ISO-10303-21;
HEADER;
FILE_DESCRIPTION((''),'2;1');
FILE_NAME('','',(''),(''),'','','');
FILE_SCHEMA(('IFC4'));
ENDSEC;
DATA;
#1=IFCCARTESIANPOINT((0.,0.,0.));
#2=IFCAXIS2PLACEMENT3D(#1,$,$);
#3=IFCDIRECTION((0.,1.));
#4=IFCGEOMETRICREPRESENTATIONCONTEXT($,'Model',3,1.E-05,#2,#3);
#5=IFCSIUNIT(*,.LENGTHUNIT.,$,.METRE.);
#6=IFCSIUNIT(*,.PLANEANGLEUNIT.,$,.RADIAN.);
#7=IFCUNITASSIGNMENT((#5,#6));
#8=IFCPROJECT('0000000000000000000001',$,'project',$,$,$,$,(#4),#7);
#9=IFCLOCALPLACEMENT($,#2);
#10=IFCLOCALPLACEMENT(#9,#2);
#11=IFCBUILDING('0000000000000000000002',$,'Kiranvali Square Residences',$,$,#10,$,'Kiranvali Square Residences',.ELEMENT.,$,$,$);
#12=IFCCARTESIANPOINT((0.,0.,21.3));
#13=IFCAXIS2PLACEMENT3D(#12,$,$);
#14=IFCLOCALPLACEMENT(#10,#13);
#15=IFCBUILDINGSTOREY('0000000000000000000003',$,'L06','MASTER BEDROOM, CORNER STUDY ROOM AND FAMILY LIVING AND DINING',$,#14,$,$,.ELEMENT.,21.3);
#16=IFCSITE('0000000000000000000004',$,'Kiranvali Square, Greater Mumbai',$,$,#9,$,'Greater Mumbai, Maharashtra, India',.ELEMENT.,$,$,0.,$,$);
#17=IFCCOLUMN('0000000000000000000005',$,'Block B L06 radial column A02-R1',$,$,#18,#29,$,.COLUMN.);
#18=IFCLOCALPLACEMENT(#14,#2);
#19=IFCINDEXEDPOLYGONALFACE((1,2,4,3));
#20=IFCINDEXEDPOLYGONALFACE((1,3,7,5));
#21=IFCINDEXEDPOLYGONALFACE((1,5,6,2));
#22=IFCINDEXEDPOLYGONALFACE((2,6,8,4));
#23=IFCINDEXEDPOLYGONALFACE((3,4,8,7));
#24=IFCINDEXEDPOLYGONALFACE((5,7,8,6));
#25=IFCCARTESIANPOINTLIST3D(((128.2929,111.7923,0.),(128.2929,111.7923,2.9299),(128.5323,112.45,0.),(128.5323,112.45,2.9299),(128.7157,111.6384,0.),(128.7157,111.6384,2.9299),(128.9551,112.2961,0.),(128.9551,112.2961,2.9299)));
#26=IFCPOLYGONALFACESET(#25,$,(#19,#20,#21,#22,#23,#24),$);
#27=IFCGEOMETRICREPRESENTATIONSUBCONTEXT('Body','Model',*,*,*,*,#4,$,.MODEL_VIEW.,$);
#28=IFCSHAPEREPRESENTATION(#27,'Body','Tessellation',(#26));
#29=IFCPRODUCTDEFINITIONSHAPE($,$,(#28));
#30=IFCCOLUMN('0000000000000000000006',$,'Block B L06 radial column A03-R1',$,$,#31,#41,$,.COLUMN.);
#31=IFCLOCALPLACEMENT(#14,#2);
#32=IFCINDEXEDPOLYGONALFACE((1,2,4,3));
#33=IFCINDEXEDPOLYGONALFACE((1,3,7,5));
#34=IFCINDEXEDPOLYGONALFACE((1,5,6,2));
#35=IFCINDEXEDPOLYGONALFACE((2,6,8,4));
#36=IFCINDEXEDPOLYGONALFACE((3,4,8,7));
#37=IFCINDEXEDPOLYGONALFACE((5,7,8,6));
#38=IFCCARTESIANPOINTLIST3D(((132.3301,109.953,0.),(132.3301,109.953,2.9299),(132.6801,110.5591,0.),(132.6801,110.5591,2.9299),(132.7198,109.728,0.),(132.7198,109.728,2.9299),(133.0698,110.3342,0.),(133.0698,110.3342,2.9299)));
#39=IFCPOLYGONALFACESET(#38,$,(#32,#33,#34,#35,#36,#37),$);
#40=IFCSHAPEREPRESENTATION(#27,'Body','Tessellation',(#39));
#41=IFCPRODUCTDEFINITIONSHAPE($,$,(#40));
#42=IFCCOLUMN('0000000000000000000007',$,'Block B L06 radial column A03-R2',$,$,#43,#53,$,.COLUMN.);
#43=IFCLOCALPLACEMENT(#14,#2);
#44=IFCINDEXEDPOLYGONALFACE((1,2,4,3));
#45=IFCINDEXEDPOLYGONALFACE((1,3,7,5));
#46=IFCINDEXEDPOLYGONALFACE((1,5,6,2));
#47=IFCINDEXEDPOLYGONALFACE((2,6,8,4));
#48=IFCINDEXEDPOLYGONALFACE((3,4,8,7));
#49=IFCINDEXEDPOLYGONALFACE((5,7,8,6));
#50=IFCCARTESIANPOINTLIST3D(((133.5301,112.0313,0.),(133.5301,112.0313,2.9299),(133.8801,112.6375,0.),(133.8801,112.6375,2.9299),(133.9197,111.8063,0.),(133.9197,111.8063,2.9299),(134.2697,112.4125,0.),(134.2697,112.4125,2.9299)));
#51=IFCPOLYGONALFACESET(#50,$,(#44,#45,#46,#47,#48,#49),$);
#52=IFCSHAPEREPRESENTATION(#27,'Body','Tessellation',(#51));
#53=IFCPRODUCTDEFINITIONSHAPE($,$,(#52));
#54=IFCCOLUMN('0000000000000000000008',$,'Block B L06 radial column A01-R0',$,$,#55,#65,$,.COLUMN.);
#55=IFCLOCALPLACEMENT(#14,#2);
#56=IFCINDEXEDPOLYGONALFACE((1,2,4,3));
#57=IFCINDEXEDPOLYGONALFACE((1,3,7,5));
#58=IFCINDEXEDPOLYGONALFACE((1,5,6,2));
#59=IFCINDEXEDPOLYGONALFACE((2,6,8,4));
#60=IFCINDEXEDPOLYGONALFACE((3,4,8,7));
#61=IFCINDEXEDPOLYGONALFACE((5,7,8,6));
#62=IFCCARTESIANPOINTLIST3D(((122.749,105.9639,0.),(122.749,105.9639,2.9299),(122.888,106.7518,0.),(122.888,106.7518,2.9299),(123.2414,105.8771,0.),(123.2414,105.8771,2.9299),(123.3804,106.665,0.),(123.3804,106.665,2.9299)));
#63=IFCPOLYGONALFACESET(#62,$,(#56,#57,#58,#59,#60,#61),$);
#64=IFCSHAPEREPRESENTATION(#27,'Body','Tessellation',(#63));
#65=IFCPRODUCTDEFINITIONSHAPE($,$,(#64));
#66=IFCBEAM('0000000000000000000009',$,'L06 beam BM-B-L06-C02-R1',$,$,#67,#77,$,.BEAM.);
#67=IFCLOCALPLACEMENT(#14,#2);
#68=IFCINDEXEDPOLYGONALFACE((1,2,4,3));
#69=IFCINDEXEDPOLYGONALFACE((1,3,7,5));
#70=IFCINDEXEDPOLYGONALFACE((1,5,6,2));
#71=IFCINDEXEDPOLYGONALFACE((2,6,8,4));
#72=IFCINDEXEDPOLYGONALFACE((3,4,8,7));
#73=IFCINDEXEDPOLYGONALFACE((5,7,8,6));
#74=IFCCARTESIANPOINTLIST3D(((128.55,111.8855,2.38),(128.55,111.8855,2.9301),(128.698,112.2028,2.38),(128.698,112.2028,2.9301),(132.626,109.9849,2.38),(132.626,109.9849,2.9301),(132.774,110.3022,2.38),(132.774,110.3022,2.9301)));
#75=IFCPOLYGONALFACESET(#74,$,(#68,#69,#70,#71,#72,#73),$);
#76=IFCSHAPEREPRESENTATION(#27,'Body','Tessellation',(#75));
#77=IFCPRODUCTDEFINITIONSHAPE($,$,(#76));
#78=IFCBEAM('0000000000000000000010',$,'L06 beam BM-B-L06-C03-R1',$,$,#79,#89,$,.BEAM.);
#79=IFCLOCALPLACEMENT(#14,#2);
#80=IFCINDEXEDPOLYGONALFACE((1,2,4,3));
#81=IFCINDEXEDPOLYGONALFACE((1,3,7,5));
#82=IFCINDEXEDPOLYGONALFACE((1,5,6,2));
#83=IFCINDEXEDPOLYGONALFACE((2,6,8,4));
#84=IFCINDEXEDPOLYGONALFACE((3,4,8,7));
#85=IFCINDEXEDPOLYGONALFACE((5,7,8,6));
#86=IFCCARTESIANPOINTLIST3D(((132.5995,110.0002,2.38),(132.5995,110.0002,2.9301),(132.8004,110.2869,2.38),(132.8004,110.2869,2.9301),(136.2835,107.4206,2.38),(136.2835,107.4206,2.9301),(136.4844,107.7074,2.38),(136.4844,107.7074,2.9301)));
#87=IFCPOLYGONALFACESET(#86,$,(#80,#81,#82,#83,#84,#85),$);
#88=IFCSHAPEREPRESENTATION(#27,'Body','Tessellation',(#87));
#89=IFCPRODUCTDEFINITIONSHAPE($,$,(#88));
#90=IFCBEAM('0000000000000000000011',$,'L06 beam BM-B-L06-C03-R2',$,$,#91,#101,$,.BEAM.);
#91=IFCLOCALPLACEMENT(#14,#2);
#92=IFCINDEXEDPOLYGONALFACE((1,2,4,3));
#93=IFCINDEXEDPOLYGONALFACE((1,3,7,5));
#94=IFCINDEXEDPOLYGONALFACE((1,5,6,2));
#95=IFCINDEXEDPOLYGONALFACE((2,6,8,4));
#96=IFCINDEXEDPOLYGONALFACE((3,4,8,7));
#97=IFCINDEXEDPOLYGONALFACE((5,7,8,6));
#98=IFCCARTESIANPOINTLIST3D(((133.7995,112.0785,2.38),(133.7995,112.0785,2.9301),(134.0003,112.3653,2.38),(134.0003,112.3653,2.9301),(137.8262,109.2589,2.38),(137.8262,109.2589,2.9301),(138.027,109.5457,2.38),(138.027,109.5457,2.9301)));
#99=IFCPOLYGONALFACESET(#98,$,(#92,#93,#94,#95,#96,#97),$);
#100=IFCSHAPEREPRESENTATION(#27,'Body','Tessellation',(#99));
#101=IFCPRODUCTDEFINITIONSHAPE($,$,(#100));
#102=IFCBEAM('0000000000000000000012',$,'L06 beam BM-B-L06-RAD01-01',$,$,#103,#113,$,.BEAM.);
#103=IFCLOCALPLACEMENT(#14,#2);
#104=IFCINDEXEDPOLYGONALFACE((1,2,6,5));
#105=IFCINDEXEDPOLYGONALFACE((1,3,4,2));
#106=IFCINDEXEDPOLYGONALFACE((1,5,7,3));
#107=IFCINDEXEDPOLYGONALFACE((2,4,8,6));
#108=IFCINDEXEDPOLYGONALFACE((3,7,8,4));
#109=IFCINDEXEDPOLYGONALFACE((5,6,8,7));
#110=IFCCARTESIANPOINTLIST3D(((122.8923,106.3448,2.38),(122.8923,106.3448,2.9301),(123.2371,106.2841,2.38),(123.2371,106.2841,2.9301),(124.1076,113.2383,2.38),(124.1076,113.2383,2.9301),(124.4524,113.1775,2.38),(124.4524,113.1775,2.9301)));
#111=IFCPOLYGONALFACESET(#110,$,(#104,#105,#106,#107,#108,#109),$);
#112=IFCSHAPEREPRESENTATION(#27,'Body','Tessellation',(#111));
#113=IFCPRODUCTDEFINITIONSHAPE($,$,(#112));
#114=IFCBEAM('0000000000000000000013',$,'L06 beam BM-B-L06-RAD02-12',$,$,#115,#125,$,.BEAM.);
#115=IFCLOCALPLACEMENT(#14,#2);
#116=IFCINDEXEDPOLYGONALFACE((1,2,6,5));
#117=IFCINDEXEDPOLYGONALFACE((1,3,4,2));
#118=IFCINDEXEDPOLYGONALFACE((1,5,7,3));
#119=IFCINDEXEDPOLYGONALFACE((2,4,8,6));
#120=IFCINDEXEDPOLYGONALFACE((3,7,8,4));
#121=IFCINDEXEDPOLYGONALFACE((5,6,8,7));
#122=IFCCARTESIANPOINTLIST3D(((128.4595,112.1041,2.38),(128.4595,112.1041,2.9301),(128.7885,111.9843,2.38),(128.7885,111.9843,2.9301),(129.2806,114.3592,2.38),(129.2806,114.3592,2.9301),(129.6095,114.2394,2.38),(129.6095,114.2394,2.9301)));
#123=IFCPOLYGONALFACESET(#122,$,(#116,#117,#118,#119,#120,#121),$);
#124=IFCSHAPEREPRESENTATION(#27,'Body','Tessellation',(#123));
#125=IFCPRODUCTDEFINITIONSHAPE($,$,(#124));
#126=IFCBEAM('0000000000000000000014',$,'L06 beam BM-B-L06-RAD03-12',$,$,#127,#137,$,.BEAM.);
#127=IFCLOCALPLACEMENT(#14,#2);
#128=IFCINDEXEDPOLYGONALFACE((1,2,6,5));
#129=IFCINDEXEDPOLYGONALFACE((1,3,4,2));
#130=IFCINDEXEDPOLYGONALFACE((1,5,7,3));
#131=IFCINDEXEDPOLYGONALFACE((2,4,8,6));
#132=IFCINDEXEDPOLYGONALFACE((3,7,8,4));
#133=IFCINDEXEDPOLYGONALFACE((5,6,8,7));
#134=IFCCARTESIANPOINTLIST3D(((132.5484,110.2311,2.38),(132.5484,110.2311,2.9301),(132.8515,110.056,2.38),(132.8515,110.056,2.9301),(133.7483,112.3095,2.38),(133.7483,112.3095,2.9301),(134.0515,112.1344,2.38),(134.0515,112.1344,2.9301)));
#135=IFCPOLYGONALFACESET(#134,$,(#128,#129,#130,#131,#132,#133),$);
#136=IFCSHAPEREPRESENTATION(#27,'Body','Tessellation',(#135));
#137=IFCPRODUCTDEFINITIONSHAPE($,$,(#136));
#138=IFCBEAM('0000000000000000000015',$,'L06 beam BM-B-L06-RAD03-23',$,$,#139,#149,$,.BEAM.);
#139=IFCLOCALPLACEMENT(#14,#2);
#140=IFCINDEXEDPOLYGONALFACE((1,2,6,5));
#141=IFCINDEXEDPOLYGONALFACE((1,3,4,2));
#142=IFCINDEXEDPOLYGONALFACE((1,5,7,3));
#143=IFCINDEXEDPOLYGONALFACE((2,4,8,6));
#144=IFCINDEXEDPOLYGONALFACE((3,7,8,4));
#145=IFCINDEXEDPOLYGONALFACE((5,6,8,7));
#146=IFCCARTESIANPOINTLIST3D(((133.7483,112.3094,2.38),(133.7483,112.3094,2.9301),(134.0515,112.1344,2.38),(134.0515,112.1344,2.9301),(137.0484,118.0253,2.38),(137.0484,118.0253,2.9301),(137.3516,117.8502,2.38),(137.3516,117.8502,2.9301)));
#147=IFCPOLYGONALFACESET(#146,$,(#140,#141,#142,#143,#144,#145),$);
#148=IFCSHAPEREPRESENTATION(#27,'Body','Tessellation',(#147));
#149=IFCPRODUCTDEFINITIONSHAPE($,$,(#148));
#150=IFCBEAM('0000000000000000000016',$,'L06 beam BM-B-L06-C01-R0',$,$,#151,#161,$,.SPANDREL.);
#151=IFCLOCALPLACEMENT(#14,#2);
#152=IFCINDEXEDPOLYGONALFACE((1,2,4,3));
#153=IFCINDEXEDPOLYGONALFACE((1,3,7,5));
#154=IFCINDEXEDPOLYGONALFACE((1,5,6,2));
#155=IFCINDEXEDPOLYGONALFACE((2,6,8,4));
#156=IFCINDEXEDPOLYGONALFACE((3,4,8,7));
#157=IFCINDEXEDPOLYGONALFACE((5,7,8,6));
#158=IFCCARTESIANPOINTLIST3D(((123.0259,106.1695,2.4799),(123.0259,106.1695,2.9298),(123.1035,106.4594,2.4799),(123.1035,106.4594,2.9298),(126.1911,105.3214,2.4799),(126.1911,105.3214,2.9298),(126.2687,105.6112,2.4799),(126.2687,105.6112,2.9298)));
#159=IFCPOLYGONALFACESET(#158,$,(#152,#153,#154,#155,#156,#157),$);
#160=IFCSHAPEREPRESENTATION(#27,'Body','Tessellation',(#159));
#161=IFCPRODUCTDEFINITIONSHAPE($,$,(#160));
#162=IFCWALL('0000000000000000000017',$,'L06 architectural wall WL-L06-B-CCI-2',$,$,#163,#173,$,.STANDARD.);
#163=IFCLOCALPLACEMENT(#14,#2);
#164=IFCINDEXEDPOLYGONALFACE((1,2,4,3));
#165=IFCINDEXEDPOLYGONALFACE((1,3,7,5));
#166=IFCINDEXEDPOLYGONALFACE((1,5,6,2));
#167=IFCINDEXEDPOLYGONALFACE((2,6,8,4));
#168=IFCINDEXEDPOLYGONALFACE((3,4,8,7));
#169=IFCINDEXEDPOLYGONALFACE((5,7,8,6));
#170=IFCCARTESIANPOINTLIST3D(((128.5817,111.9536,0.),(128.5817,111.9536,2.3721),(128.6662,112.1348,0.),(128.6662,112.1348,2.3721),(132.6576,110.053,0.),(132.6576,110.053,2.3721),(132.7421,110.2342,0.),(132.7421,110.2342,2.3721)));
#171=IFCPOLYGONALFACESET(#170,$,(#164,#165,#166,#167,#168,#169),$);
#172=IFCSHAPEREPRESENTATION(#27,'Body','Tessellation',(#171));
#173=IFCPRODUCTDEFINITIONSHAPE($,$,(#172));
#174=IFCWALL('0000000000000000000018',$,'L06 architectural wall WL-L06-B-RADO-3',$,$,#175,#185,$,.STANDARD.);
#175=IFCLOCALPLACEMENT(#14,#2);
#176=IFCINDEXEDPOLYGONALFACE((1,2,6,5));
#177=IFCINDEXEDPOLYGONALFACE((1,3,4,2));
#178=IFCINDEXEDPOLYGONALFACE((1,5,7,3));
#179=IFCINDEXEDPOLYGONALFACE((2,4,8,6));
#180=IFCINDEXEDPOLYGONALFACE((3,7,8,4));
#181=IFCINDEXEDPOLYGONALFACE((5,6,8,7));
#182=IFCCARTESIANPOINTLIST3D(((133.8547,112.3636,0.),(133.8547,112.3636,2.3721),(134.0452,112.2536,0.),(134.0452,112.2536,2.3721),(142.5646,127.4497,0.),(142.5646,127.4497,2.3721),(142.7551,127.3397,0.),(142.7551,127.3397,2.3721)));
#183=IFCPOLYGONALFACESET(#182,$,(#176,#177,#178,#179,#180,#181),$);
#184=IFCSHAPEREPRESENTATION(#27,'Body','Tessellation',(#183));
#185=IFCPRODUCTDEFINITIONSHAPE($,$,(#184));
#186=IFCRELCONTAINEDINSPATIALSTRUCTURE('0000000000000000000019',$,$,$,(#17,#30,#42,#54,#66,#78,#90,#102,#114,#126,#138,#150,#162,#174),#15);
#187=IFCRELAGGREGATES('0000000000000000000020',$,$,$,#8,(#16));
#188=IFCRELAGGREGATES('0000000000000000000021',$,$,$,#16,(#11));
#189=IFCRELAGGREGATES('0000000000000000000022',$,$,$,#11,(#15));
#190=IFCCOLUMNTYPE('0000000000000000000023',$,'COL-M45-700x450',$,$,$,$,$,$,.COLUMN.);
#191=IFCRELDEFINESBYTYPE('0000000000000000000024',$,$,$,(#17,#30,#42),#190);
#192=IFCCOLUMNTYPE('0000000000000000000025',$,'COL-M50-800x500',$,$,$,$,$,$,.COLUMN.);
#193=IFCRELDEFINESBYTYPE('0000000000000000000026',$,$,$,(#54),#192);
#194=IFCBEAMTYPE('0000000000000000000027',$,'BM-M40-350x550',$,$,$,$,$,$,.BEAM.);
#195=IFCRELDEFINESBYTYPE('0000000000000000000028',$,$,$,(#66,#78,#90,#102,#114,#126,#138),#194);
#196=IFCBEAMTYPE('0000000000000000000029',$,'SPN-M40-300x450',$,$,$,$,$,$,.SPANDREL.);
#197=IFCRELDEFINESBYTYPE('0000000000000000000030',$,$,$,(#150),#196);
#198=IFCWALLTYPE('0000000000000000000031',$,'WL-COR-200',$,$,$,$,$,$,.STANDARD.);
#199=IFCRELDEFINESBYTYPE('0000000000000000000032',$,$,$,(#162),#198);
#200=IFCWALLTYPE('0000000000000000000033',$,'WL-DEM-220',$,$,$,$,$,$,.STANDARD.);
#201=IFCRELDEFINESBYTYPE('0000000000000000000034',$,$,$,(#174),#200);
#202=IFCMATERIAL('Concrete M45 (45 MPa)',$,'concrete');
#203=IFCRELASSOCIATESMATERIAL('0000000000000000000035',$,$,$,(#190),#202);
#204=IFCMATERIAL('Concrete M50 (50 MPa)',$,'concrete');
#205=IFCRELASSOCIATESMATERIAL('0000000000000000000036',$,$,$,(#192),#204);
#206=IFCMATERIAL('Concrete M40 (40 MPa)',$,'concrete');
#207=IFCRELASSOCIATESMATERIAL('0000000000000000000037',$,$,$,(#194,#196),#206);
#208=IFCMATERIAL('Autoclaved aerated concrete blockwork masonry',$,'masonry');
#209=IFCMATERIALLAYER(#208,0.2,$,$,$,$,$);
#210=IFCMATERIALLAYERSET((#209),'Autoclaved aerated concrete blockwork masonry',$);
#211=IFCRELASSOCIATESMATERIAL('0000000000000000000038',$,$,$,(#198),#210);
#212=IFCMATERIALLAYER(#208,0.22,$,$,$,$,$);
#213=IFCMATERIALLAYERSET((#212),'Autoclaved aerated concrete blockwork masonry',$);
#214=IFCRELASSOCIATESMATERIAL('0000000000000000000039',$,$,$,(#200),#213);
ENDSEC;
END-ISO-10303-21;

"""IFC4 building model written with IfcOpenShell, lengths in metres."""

from ifc_helpers import new_model, si_unit, direction, frame, frame_2d, origin, origin_2d, place, context, subcontext, project, spatial, rectangle, extrude, material, layer, layer_set, material_profile, profile_set, type_object, element, save


model = new_model("IFC4")

# Units and contexts
model_context = context("Model", 3, precision=1e-05, world=origin(), true_north=direction((0.0, 1.0)))
body_context = subcontext(model_context, "Body", "Model", "MODEL_VIEW")
ifc_project = project(units=[si_unit("LENGTHUNIT", "METRE"), si_unit("PLANEANGLEUNIT", "RADIAN")], contexts=[model_context])

# Site, building, storey
site_placement = place(None, origin())
site = spatial("IfcSite", under=ifc_project, at=site_placement, Name="Kiranvali Square, Greater Mumbai", LongName="Greater Mumbai, Maharashtra, India", CompositionType="ELEMENT", RefElevation=0.0)
building_placement = place(site_placement, origin())
building = spatial("IfcBuilding", under=site, at=building_placement, Name="Kiranvali Square Residences", LongName="Kiranvali Square Residences", CompositionType="ELEMENT")
storey_placement = place(building_placement, frame((0.0, 0.0, 21.3)))
storey = spatial("IfcBuildingStorey", under=building, at=storey_placement, Name="L06", Description="MASTER BEDROOM, CORNER STUDY ROOM AND FAMILY LIVING AND DINING", CompositionType="ELEMENT", Elevation=21.3)

# Columns
ifc_material_1 = material(Name="Concrete M45 (45 MPa)", Category="concrete")
ifc_material_profile_1 = material_profile(ifc_material_1, rectangle(XDim=0.45, YDim=0.7, at=origin_2d()), Name="RC 700x450")
ifc_profile_set_1 = profile_set([ifc_material_profile_1], Name="Concrete M45 (45 MPa)")
column_type_1 = type_object("IfcColumnType", Name="COL-M45-700x450", PredefinedType="COLUMN", material=ifc_profile_set_1)
for number, where, z_axis, x_axis, name in (
    (1, (128.624, 112.0442, 0.0), (0.0, 0.0, 1.0), (-0.939693, 0.34202, 0.0), "Block B L06 radial column A02-R1"),
    (2, (132.7, 110.1436, 0.0), (0.0, 0.0, 1.0), (-0.866025, 0.5, 0.0), "Block B L06 radial column A03-R1"),
    (3, (133.8999, 112.2219, 0.0), (0.0, 0.0, 1.0), (-0.866025, 0.5, 0.0), "Block B L06 radial column A03-R2"),
):
    element("IfcColumn", number, at=place(storey_placement, frame(where, z_axis=z_axis, x_axis=x_axis)), inside=storey, type_object=column_type_1, Name=name, PredefinedType="COLUMN", context=body_context, shape_type="SweptSolid", body=[
        extrude(rectangle(XDim=0.45, YDim=0.7, at=origin_2d()), origin(), (0.0, 0.0, 1.0), 2.9299),
    ])
ifc_material_2 = material(Name="Concrete M50 (50 MPa)", Category="concrete")
ifc_material_profile_2 = material_profile(ifc_material_2, rectangle(XDim=0.5, YDim=0.8, at=origin_2d()), Name="RC 800x500")
ifc_profile_set_2 = profile_set([ifc_material_profile_2], Name="Concrete M50 (50 MPa)")
column_type_2 = type_object("IfcColumnType", Name="COL-M50-800x500", PredefinedType="COLUMN", material=ifc_profile_set_2)
column_placement = place(storey_placement, frame((123.0647, 106.3145, 0.0), z_axis=(0.0, 0.0, 1.0), x_axis=(-0.984808, 0.173648, 0.0)))
element("IfcColumn", 4, at=column_placement, inside=storey, type_object=column_type_2, Name="Block B L06 radial column A01-R0", PredefinedType="COLUMN", context=body_context, shape_type="SweptSolid", body=[
    extrude(rectangle(XDim=0.5, YDim=0.8, at=origin_2d()), origin(), (0.0, 0.0, 1.0), 2.9299),
])

# Beams
ifc_material_3 = material(Name="Concrete M40 (40 MPa)", Category="concrete")
ifc_material_profile_3 = material_profile(ifc_material_3, rectangle(XDim=0.3501, YDim=0.55, at=origin_2d()), Name="RC 350x550")
ifc_profile_set_3 = profile_set([ifc_material_profile_3], Name="Concrete M40 (40 MPa)")
beam_type_1 = type_object("IfcBeamType", Name="BM-M40-350x550", PredefinedType="BEAM", material=ifc_profile_set_3)
for number, where, z_axis, x_axis, name in (
    (5, (128.624, 112.0442, 2.655), (0.906308, -0.422618, 0.0), (0.422618, 0.906308, 0.0), "L06 beam BM-B-L06-C02-R1"),
    (6, (132.7, 110.1436, 2.655), (0.819155, -0.573572, 0.0), (0.573572, 0.819155, 0.0), "L06 beam BM-B-L06-C03-R1"),
):
    element("IfcBeam", number, at=place(storey_placement, frame(where, z_axis=z_axis, x_axis=x_axis)), inside=storey, type_object=beam_type_1, Name=name, PredefinedType="BEAM", context=body_context, shape_type="SweptSolid", body=[
        extrude(rectangle(XDim=0.3501, YDim=0.55, at=origin_2d()), origin(), (0.0, 0.0, 1.0), 4.4973),
    ])
beam_1_placement = place(storey_placement, frame((133.8999, 112.2219, 2.655), z_axis=(0.819141, -0.573592, 0.0), x_axis=(0.573592, 0.819141, 0.0)))
element("IfcBeam", 7, at=beam_1_placement, inside=storey, type_object=beam_type_1, Name="L06 beam BM-B-L06-C03-R2", PredefinedType="BEAM", context=body_context, shape_type="SweptSolid", body=[
    extrude(rectangle(XDim=0.3501, YDim=0.55, at=origin_2d()), origin(), (0.0, 0.0, 1.0), 4.9158),
])
beam_2_placement = place(storey_placement, frame((123.0647, 106.3145, 2.655), z_axis=(0.173622, 0.984812, 0.0), x_axis=(-0.984812, 0.173622, 0.0)))
element("IfcBeam", 8, at=beam_2_placement, inside=storey, type_object=beam_type_1, Name="L06 beam BM-B-L06-RAD01-01", PredefinedType="BEAM", context=body_context, shape_type="SweptSolid", body=[
    extrude(rectangle(XDim=0.3501, YDim=0.55, at=origin_2d()), origin(), (0.0, 0.0, 1.0), 6.9998),
])
for number, where, z_axis, x_axis, name in (
    (9, (128.624, 112.0442, 2.655), (0.342111, 0.93966, 0.0), (-0.93966, 0.342111, 0.0), "L06 beam BM-B-L06-RAD02-12"),
    (10, (132.7, 110.1436, 2.655), (0.500001, 0.866025, 0.0), (-0.866025, 0.500001, 0.0), "L06 beam BM-B-L06-RAD03-12"),
):
    element("IfcBeam", number, at=place(storey_placement, frame(where, z_axis=z_axis, x_axis=x_axis)), inside=storey, type_object=beam_type_1, Name=name, PredefinedType="BEAM", context=body_context, shape_type="SweptSolid", body=[
        extrude(rectangle(XDim=0.3501, YDim=0.55, at=origin_2d()), origin(), (0.0, 0.0, 1.0), 2.3999),
    ])
beam_3_placement = place(storey_placement, frame((133.8999, 112.2219, 2.655), z_axis=(0.500002, 0.866024, 0.0), x_axis=(-0.866024, 0.500002, 0.0)))
element("IfcBeam", 11, at=beam_3_placement, inside=storey, type_object=beam_type_1, Name="L06 beam BM-B-L06-RAD03-23", PredefinedType="BEAM", context=body_context, shape_type="SweptSolid", body=[
    extrude(rectangle(XDim=0.3501, YDim=0.55, at=origin_2d()), origin(), (0.0, 0.0, 1.0), 6.6001),
])
ifc_material_profile_4 = material_profile(ifc_material_3, rectangle(XDim=0.3, YDim=0.45, at=origin_2d()), Name="RC 300x450")
ifc_profile_set_4 = profile_set([ifc_material_profile_4], Name="Concrete M40 (40 MPa)")
beam_type_2 = type_object("IfcBeamType", Name="SPN-M40-300x450", PredefinedType="SPANDREL", material=ifc_profile_set_4)
beam_4_placement = place(storey_placement, frame((123.0647, 106.3145, 2.7048), z_axis=(0.965925, -0.258822, 0.0), x_axis=(0.258822, 0.965925, 0.0)))
element("IfcBeam", 12, at=beam_4_placement, inside=storey, type_object=beam_type_2, Name="L06 beam BM-B-L06-C01-R0", PredefinedType="SPANDREL", context=body_context, shape_type="SweptSolid", body=[
    extrude(rectangle(XDim=0.3, YDim=0.45, at=origin_2d()), origin(), (0.0, 0.0, 1.0), 3.2769),
])

# Wall
ifc_material_4 = material(Name="Autoclaved aerated concrete blockwork masonry", Category="masonry")
ifc_layer_1 = layer(ifc_material_4, 0.2)
ifc_layer_set_1 = layer_set([ifc_layer_1], Name="Autoclaved aerated concrete blockwork masonry")
wall_type_1 = type_object("IfcWallType", Name="WL-COR-200", PredefinedType="STANDARD", material=ifc_layer_set_1)
wall_1_placement = place(storey_placement, frame((128.624, 112.0442, 0.0), z_axis=(0.0, 0.0, 1.0), x_axis=(0.906308, -0.422618, 0.0)))
element("IfcWall", 13, at=wall_1_placement, inside=storey, type_object=wall_type_1, Name="L06 architectural wall WL-L06-B-CCI-2", PredefinedType="STANDARD", context=body_context, shape_type="SweptSolid", body=[
    extrude(rectangle(XDim=4.4973, YDim=0.2, at=frame_2d((2.2485, 0.0))), origin(), (0.0, 0.0, 1.0), 2.3721),
])

# Wall
ifc_layer_2 = layer(ifc_material_4, 0.22)
ifc_layer_set_2 = layer_set([ifc_layer_2], Name="Autoclaved aerated concrete blockwork masonry")
wall_type_2 = type_object("IfcWallType", Name="WL-DEM-220", PredefinedType="STANDARD", material=ifc_layer_set_2)
wall_2_placement = place(storey_placement, frame((133.95, 112.3086, 0.0), z_axis=(0.0, 0.0, 1.0), x_axis=(0.499998, 0.866027, 0.0)))
element("IfcWall", 14, at=wall_2_placement, inside=storey, type_object=wall_type_2, Name="L06 architectural wall WL-L06-B-RADO-3", PredefinedType="STANDARD", context=body_context, shape_type="SweptSolid", body=[
    extrude(rectangle(XDim=17.4199, YDim=0.22, at=frame_2d((8.71, 0.0))), origin(), (0.0, 0.0, 1.0), 2.3721),
])

save(model, "model.ifc")
